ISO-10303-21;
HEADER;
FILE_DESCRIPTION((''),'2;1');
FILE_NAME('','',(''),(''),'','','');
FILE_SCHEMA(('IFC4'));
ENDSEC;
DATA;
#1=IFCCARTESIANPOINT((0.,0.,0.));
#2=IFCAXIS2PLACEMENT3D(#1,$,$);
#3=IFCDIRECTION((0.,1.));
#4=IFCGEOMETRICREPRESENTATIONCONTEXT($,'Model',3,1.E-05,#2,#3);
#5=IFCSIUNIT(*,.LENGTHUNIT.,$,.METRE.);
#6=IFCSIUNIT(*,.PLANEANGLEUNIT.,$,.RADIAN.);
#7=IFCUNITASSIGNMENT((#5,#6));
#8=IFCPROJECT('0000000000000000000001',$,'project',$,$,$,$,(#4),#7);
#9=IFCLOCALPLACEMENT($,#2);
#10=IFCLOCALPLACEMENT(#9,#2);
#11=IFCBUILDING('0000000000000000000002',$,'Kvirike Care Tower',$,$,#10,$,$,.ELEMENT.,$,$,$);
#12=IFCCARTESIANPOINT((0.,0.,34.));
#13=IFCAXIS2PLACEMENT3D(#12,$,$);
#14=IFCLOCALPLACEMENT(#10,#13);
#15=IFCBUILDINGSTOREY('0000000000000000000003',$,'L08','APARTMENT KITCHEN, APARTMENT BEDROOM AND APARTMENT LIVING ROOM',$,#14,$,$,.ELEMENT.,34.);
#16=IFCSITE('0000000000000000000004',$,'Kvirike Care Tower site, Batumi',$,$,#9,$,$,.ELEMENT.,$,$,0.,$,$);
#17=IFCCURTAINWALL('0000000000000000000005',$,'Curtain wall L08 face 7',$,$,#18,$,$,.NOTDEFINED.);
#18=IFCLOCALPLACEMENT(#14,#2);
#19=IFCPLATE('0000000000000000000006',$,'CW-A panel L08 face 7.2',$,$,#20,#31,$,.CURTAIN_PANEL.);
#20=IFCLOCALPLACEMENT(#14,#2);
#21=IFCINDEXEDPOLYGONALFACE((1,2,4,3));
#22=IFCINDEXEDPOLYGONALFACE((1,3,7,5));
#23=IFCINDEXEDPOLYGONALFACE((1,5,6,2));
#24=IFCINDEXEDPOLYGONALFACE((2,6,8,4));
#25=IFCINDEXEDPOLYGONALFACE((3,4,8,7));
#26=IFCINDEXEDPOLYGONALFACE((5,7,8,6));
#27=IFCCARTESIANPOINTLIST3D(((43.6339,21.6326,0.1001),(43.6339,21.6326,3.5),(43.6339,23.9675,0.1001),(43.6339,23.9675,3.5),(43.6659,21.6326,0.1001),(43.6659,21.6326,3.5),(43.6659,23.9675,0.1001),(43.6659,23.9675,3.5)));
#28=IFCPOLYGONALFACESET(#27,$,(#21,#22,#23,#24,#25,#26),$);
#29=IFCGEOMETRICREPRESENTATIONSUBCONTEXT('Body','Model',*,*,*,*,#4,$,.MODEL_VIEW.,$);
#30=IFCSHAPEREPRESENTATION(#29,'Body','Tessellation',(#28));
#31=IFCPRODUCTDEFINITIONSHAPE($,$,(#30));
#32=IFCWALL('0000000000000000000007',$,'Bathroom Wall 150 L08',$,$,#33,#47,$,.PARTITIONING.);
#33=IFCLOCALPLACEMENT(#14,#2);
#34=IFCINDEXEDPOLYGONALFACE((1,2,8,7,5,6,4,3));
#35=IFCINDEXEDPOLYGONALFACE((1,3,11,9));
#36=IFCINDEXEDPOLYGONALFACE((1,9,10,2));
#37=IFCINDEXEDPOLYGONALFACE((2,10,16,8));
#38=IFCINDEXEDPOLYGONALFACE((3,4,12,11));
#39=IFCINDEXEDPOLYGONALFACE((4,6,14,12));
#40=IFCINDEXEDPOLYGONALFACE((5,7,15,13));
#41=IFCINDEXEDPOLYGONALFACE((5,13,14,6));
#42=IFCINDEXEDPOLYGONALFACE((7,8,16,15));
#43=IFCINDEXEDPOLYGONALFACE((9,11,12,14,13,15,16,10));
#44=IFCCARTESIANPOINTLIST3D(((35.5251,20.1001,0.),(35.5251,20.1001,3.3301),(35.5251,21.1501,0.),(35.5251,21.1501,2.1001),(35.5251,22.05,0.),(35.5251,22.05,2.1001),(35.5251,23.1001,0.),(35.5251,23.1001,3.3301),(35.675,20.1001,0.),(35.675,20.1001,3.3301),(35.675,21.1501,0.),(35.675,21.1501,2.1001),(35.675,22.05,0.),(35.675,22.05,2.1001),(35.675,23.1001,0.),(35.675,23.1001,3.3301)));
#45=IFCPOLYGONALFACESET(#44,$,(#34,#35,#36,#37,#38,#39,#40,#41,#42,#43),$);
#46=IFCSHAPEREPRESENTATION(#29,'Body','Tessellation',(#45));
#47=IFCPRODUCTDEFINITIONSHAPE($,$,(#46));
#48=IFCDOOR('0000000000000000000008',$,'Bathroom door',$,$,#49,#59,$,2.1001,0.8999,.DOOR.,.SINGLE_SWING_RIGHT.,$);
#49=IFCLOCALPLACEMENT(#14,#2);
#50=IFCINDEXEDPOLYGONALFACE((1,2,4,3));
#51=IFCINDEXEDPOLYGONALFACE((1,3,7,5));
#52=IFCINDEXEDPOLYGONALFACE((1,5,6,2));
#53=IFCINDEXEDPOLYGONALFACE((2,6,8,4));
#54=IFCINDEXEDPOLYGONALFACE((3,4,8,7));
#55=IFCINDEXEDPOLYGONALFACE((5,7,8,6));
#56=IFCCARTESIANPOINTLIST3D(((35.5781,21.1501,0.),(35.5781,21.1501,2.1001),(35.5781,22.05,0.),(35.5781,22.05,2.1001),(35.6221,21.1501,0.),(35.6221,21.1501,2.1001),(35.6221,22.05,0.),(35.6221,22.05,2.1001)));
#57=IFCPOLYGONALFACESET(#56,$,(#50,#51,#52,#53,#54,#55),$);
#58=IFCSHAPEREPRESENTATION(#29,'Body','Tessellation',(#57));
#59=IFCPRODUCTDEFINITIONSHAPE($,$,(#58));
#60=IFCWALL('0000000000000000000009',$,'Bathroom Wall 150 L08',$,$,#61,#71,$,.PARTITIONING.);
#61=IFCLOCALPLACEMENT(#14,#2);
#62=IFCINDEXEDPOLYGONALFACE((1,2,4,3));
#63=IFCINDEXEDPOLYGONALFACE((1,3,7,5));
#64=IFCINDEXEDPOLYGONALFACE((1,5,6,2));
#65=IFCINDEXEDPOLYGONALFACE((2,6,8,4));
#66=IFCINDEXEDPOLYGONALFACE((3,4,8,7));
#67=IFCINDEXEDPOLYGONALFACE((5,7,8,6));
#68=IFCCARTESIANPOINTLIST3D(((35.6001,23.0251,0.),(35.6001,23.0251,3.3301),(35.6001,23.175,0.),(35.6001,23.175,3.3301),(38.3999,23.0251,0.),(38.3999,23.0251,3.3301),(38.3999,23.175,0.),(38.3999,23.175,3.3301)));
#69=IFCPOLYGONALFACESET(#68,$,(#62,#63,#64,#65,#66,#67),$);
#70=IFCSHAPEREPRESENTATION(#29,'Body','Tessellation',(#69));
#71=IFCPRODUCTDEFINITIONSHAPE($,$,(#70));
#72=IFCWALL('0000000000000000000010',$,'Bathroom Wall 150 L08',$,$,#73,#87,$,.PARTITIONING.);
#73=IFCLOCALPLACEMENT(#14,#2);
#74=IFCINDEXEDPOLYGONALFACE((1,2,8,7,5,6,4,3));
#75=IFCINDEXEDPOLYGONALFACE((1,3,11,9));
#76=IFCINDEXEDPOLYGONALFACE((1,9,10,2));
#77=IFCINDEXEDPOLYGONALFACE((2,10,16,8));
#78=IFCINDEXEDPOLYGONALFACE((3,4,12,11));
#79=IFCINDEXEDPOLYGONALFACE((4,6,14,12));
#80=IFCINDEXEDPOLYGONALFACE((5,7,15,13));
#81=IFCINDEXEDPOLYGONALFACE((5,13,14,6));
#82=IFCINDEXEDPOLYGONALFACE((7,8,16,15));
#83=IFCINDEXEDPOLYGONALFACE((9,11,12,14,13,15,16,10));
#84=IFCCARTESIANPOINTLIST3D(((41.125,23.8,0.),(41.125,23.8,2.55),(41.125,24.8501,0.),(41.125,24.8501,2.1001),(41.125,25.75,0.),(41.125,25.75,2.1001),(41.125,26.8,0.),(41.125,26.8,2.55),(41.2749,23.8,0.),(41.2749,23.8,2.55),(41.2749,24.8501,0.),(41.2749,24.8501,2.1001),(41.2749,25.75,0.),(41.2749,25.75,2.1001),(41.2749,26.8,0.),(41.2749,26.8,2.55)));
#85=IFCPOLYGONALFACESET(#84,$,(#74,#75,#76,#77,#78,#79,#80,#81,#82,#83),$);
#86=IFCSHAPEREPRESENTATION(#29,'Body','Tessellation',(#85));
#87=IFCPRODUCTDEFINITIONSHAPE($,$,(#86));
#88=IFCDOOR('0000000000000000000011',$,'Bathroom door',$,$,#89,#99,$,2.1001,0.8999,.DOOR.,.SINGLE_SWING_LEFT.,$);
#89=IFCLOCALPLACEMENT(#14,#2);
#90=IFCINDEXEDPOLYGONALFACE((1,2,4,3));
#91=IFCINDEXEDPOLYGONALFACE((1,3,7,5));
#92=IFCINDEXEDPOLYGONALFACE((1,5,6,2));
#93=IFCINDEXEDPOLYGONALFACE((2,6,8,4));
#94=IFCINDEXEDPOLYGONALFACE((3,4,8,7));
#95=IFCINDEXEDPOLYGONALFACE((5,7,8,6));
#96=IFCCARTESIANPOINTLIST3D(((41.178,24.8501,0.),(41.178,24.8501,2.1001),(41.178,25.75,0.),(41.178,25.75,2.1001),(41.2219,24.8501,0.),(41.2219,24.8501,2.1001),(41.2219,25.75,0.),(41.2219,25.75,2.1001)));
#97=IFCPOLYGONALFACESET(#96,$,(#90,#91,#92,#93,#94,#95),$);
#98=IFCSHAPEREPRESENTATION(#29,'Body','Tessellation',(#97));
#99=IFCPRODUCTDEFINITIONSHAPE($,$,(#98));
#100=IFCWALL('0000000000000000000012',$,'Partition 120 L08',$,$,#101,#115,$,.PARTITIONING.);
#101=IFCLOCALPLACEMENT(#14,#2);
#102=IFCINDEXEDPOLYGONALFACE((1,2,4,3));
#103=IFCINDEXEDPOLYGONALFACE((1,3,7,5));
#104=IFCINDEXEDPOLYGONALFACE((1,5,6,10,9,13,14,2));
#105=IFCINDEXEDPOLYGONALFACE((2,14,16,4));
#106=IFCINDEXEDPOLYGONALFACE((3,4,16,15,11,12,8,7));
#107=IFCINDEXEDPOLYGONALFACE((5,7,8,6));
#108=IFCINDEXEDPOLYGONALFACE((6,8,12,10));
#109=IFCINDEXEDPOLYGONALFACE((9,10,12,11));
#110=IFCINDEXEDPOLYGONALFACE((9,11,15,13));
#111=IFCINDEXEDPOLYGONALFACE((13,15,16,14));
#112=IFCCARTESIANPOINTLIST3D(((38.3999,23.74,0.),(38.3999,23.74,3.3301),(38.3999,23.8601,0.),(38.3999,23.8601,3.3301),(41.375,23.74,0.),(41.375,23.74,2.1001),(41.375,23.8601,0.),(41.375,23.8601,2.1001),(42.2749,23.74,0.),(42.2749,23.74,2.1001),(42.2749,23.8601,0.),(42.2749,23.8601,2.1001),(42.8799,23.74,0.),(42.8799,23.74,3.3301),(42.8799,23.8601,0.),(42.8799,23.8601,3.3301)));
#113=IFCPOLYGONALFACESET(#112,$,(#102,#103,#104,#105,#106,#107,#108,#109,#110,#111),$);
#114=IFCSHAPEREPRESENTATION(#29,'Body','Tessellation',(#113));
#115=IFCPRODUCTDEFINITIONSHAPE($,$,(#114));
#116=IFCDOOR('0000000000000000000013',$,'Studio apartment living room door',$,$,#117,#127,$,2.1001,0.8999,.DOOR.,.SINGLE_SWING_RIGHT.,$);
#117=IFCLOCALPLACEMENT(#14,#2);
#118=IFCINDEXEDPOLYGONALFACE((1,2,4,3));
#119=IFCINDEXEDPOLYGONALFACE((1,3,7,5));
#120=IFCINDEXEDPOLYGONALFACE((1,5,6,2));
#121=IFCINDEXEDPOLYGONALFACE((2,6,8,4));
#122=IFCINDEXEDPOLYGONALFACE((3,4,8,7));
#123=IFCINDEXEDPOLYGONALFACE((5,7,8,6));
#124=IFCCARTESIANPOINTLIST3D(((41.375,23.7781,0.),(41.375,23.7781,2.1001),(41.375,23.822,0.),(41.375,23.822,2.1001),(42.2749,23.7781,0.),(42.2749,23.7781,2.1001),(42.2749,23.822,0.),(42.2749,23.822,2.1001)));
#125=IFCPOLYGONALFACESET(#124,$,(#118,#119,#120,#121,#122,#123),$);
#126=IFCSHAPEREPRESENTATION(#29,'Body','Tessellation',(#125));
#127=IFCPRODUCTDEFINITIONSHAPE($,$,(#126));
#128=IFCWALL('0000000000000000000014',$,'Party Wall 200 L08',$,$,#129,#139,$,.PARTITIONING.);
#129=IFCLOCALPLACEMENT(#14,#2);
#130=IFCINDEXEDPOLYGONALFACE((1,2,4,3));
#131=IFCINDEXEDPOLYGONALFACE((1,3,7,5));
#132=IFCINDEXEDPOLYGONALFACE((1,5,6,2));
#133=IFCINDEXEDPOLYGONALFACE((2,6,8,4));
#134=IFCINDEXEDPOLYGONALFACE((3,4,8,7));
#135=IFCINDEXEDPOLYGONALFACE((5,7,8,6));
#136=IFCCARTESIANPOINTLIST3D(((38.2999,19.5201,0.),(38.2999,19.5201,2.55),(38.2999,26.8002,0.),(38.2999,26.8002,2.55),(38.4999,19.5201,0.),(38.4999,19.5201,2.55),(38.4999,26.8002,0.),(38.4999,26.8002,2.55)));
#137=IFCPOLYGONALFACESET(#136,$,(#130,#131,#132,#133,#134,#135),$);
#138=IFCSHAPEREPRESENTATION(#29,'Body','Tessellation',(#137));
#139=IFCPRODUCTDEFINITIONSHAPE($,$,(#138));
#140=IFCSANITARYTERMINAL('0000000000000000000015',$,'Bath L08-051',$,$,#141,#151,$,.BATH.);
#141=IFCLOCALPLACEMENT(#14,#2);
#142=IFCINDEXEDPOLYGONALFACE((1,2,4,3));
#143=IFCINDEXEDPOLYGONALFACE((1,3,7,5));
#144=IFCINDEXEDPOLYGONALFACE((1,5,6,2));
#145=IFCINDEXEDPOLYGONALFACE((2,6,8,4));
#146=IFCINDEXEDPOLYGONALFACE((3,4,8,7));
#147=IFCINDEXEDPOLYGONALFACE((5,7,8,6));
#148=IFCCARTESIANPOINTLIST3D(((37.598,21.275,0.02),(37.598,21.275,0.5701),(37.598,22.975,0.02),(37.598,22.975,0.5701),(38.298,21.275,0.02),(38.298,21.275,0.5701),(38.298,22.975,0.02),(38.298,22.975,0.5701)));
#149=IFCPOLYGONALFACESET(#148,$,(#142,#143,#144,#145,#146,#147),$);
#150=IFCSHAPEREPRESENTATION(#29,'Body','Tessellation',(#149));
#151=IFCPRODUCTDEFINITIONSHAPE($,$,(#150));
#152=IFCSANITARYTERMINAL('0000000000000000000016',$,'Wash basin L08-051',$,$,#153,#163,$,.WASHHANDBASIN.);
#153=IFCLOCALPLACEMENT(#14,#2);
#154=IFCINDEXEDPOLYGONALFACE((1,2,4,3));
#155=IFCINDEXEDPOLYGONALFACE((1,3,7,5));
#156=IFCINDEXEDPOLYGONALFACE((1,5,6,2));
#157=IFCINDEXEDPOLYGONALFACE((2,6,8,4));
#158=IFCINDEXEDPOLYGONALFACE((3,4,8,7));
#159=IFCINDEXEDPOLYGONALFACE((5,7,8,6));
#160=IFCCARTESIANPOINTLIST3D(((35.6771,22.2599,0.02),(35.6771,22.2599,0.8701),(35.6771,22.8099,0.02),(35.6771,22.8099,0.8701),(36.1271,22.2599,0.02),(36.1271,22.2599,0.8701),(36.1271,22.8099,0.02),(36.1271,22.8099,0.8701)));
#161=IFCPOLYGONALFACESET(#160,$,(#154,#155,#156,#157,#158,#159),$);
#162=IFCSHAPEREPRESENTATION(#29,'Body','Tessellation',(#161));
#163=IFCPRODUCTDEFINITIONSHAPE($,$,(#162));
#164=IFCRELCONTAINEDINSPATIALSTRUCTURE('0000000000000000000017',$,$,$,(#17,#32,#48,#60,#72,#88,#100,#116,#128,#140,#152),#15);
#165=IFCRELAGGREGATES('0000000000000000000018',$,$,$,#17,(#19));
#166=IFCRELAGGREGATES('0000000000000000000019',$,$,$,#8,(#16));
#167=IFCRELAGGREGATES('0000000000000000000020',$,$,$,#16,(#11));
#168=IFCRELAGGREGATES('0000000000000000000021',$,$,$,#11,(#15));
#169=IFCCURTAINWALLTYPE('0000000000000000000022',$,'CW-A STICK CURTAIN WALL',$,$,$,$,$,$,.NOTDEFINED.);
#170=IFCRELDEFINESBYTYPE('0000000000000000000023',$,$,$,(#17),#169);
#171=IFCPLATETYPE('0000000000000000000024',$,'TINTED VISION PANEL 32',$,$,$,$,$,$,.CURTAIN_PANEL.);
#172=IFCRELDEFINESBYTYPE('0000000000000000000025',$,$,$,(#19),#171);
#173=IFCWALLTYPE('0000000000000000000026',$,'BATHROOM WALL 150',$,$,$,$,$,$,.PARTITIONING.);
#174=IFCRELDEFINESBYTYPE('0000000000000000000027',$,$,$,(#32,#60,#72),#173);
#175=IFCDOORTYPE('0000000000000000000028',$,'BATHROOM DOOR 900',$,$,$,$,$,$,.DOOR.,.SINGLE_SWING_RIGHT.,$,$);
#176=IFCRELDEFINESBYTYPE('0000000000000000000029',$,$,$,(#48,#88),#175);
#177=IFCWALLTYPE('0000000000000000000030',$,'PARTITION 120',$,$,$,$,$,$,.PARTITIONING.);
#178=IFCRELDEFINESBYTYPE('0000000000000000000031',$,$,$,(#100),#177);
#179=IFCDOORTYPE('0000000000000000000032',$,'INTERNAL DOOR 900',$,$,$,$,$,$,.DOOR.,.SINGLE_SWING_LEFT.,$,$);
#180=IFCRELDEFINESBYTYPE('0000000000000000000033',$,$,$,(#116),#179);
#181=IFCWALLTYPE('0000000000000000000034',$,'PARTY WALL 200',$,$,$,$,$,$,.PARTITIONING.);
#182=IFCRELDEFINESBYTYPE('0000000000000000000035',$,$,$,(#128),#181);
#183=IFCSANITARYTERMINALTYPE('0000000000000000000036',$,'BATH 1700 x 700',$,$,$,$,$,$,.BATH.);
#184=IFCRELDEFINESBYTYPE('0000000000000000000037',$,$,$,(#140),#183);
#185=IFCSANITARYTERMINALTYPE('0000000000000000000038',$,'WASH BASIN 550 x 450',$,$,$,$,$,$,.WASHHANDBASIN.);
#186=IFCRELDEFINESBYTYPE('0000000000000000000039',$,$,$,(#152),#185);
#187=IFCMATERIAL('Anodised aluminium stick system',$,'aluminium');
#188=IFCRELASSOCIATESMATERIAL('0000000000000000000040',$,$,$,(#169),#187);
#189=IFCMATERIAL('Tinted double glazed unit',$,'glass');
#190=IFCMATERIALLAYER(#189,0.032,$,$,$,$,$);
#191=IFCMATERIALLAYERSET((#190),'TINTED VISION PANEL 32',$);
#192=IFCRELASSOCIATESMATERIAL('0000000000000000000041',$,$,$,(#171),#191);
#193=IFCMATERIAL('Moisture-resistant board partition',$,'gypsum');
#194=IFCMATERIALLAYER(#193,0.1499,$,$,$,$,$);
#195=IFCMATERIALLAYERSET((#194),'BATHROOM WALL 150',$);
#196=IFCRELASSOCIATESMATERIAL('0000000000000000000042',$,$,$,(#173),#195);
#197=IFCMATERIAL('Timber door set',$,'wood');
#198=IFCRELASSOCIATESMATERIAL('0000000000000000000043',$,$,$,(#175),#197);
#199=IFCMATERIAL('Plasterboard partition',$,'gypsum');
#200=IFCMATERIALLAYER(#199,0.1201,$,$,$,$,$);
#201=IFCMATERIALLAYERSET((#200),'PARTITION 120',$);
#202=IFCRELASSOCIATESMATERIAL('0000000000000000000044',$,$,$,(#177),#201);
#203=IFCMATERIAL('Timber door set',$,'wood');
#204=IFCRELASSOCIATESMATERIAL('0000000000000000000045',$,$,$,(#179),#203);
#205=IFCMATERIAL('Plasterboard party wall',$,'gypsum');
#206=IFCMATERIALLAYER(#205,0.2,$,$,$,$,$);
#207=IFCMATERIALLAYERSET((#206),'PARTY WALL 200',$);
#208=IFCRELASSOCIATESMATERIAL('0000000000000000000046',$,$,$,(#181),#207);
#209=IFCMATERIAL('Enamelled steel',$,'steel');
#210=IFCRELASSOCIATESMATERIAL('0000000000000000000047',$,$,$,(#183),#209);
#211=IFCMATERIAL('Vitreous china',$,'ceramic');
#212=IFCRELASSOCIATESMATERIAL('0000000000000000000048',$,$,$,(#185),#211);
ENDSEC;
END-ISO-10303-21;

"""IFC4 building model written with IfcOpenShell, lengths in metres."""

from ifc_helpers import new_model, si_unit, direction, frame, frame_2d, origin, origin_2d, place, context, subcontext, project, spatial, rectangle, extrude, material, layer, layer_set, type_object, element, fill, aggregate, save


model = new_model("IFC4")

# Units and contexts
model_context = context("Model", 3, precision=1e-05, world=origin(), true_north=direction((0.0, 1.0)))
body_context = subcontext(model_context, "Body", "Model", "MODEL_VIEW")
ifc_project = project(units=[si_unit("LENGTHUNIT", "METRE"), si_unit("PLANEANGLEUNIT", "RADIAN")], contexts=[model_context])

# Site, building, storey
site_placement = place(None, origin())
site = spatial("IfcSite", under=ifc_project, at=site_placement, Name="Kvirike Care Tower site, Batumi", CompositionType="ELEMENT", RefElevation=0.0)
building_placement = place(site_placement, origin())
building = spatial("IfcBuilding", under=site, at=building_placement, Name="Kvirike Care Tower", CompositionType="ELEMENT")
storey_placement = place(building_placement, frame((0.0, 0.0, 34.0)))
storey = spatial("IfcBuildingStorey", under=building, at=storey_placement, Name="L08", Description="APARTMENT KITCHEN, APARTMENT BEDROOM AND APARTMENT LIVING ROOM", CompositionType="ELEMENT", Elevation=34.0)

# Shared definitions
ifc_material_1 = material(Name="Anodised aluminium stick system", Category="aluminium")
curtain_wall_type = type_object("IfcCurtainWallType", Name="CW-A STICK CURTAIN WALL", PredefinedType="NOTDEFINED", material=ifc_material_1)

# Curtain wall
curtain_wall_1_placement = place(storey_placement, origin())
curtain_wall_1 = element("IfcCurtainWall", 1, at=curtain_wall_1_placement, inside=storey, type_object=curtain_wall_type, Name="Curtain wall L08 face 7", PredefinedType="NOTDEFINED")

# Plate
ifc_material_2 = material(Name="Tinted double glazed unit", Category="glass")
ifc_layer_1 = layer(ifc_material_2, 0.032)
ifc_layer_set_1 = layer_set([ifc_layer_1], Name="TINTED VISION PANEL 32")
plate_type = type_object("IfcPlateType", Name="TINTED VISION PANEL 32", PredefinedType="CURTAIN_PANEL", material=ifc_layer_set_1)
plate_1_placement = place(storey_placement, frame((43.6499, 22.8, 0.1001), z_axis=(0.0, 0.0, 1.0), x_axis=(0.0, 1.0, 0.0)))
plate_1 = element("IfcPlate", 2, at=plate_1_placement, type_object=plate_type, Name="CW-A panel L08 face 7.2", PredefinedType="CURTAIN_PANEL", context=body_context, shape_type="SweptSolid", body=[
    extrude(rectangle(XDim=2.335, YDim=0.032, at=origin_2d()), origin(), (0.0, 0.0, 1.0), 3.3999),
])
aggregate(curtain_wall_1, [plate_1])

# Wall, opening, door
ifc_material_3 = material(Name="Moisture-resistant board partition", Category="gypsum")
ifc_layer_2 = layer(ifc_material_3, 0.1499)
ifc_layer_set_2 = layer_set([ifc_layer_2], Name="BATHROOM WALL 150")
wall_type_1 = type_object("IfcWallType", Name="BATHROOM WALL 150", PredefinedType="PARTITIONING", material=ifc_layer_set_2)
wall_1_placement = place(storey_placement, frame((35.6001, 20.1001, 0.0), z_axis=(0.0, 0.0, 1.0), x_axis=(0.0, 1.0, 0.0)))
wall_1 = element("IfcWall", 3, at=wall_1_placement, inside=storey, type_object=wall_type_1, Name="Bathroom Wall 150 L08", PredefinedType="PARTITIONING", context=body_context, shape_type="SweptSolid", body=[
    extrude(rectangle(XDim=3.0, YDim=0.1499, at=frame_2d((1.5, 0.0))), origin(), (0.0, 0.0, 1.0), 3.3301),
])
opening_1_placement = place(wall_1_placement, frame((1.05, 0.0, 0.0)))
opening_1 = element("IfcOpeningElement", 4, at=opening_1_placement, cuts=wall_1, PredefinedType="OPENING", context=body_context, shape_type="SweptSolid", body=[
    extrude(rectangle(XDim=0.8999, YDim=2.1001, at=frame_2d((0.45, 1.05))), frame((0.0, 0.0854, 0.0), z_axis=(0.0, -1.0, 0.0), x_axis=(1.0, 0.0, 0.0)), (0.0, 0.0, 1.0), 0.1709),
])
ifc_material_4 = material(Name="Timber door set", Category="wood")
door_type_1 = type_object("IfcDoorType", Name="BATHROOM DOOR 900", OperationType="SINGLE_SWING_RIGHT", PredefinedType="DOOR", material=ifc_material_4)
door_1_placement = place(opening_1_placement, frame((0.8999, 0.0, 0.0), z_axis=(0.0, 0.0, 1.0), x_axis=(-1.0, 0.0, 0.0)))
door_1 = element("IfcDoor", 5, at=door_1_placement, inside=storey, type_object=door_type_1, Name="Bathroom door", OperationType="SINGLE_SWING_RIGHT", OverallHeight=2.1001, OverallWidth=0.8999, PredefinedType="DOOR", context=body_context, shape_type="SweptSolid", body=[
    extrude(rectangle(XDim=0.8999, YDim=2.1001, at=frame_2d((0.45, 1.05))), frame((0.0, 0.022, 0.0), z_axis=(0.0, -1.0, 0.0), x_axis=(1.0, 0.0, 0.0)), (0.0, 0.0, 1.0), 0.0439),
])
fill(opening_1, door_1)

# Wall
wall_2_placement = place(storey_placement, frame((35.6001, 23.1001, 0.0), z_axis=(0.0, 0.0, 1.0), x_axis=(1.0, 0.0, 0.0)))
element("IfcWall", 6, at=wall_2_placement, inside=storey, type_object=wall_type_1, Name="Bathroom Wall 150 L08", PredefinedType="PARTITIONING", context=body_context, shape_type="SweptSolid", body=[
    extrude(rectangle(XDim=2.7998, YDim=0.1499, at=frame_2d((1.3999, 0.0))), origin(), (0.0, 0.0, 1.0), 3.3301),
])

# Walls, openings, doors
wall_3_placement = place(storey_placement, frame((41.2, 23.8, 0.0), z_axis=(0.0, 0.0, 1.0), x_axis=(0.0, 1.0, 0.0)))
wall_3 = element("IfcWall", 7, at=wall_3_placement, inside=storey, type_object=wall_type_1, Name="Bathroom Wall 150 L08", PredefinedType="PARTITIONING", context=body_context, shape_type="SweptSolid", body=[
    extrude(rectangle(XDim=3.0, YDim=0.1499, at=frame_2d((1.5, 0.0))), origin(), (0.0, 0.0, 1.0), 2.55),
])
opening_2_placement = place(wall_3_placement, frame((1.05, 0.0, 0.0)))
opening_2 = element("IfcOpeningElement", 8, at=opening_2_placement, cuts=wall_3, PredefinedType="OPENING", context=body_context, shape_type="SweptSolid", body=[
    extrude(rectangle(XDim=0.8999, YDim=2.1001, at=frame_2d((0.45, 1.05))), frame((0.0, 0.0854, 0.0), z_axis=(0.0, -1.0, 0.0), x_axis=(1.0, 0.0, 0.0)), (0.0, 0.0, 1.0), 0.1709),
])
door_2_placement = place(opening_2_placement, origin())
door_2 = element("IfcDoor", 9, at=door_2_placement, inside=storey, type_object=door_type_1, Name="Bathroom door", OperationType="SINGLE_SWING_LEFT", OverallHeight=2.1001, OverallWidth=0.8999, PredefinedType="DOOR", context=body_context, shape_type="SweptSolid", body=[
    extrude(rectangle(XDim=0.8999, YDim=2.1001, at=frame_2d((0.45, 1.05))), frame((0.0, 0.022, 0.0), z_axis=(0.0, -1.0, 0.0), x_axis=(1.0, 0.0, 0.0)), (0.0, 0.0, 1.0), 0.0439),
])
fill(opening_2, door_2)
ifc_material_5 = material(Name="Plasterboard partition", Category="gypsum")
ifc_layer_3 = layer(ifc_material_5, 0.1201)
ifc_layer_set_3 = layer_set([ifc_layer_3], Name="PARTITION 120")
wall_type_2 = type_object("IfcWallType", Name="PARTITION 120", PredefinedType="PARTITIONING", material=ifc_layer_set_3)
wall_4_placement = place(storey_placement, frame((38.3999, 23.8, 0.0), z_axis=(0.0, 0.0, 1.0), x_axis=(1.0, 0.0, 0.0)))
wall_4 = element("IfcWall", 10, at=wall_4_placement, inside=storey, type_object=wall_type_2, Name="Partition 120 L08", PredefinedType="PARTITIONING", context=body_context, shape_type="SweptSolid", body=[
    extrude(rectangle(XDim=4.48, YDim=0.1201, at=frame_2d((2.24, 0.0))), origin(), (0.0, 0.0, 1.0), 3.3301),
])
opening_3_placement = place(wall_4_placement, frame((2.9751, 0.0, 0.0)))
opening_3 = element("IfcOpeningElement", 11, at=opening_3_placement, cuts=wall_4, PredefinedType="OPENING", context=body_context, shape_type="SweptSolid", body=[
    extrude(rectangle(XDim=0.8999, YDim=2.1001, at=frame_2d((0.45, 1.05))), frame((0.0, 0.0706, 0.0), z_axis=(0.0, -1.0, 0.0), x_axis=(1.0, 0.0, 0.0)), (0.0, 0.0, 1.0), 0.1411),
])
ifc_material_6 = material(Name="Timber door set", Category="wood")
door_type_2 = type_object("IfcDoorType", Name="INTERNAL DOOR 900", OperationType="SINGLE_SWING_LEFT", PredefinedType="DOOR", material=ifc_material_6)
door_3_placement = place(opening_3_placement, origin())
door_3 = element("IfcDoor", 12, at=door_3_placement, inside=storey, type_object=door_type_2, Name="Studio apartment living room door", OperationType="SINGLE_SWING_RIGHT", OverallHeight=2.1001, OverallWidth=0.8999, PredefinedType="DOOR", context=body_context, shape_type="SweptSolid", body=[
    extrude(rectangle(XDim=0.8999, YDim=2.1001, at=frame_2d((0.45, 1.05))), frame((0.0, 0.022, 0.0), z_axis=(0.0, -1.0, 0.0), x_axis=(1.0, 0.0, 0.0)), (0.0, 0.0, 1.0), 0.0439),
])
fill(opening_3, door_3)

# Wall
ifc_material_7 = material(Name="Plasterboard party wall", Category="gypsum")
ifc_layer_4 = layer(ifc_material_7, 0.2)
ifc_layer_set_4 = layer_set([ifc_layer_4], Name="PARTY WALL 200")
wall_type_3 = type_object("IfcWallType", Name="PARTY WALL 200", PredefinedType="PARTITIONING", material=ifc_layer_set_4)
wall_5_placement = place(storey_placement, frame((38.3999, 19.52, 0.0), z_axis=(0.0, 0.0, 1.0), x_axis=(0.0, 1.0, 0.0)))
element("IfcWall", 13, at=wall_5_placement, inside=storey, type_object=wall_type_3, Name="Party Wall 200 L08", PredefinedType="PARTITIONING", context=body_context, shape_type="SweptSolid", body=[
    extrude(rectangle(XDim=7.28, YDim=0.2, at=frame_2d((3.6401, 0.0))), origin(), (0.0, 0.0, 1.0), 2.55),
])

# Sanitary terminals
ifc_material_8 = material(Name="Enamelled steel", Category="steel")
sanitary_terminal_type_1 = type_object("IfcSanitaryTerminalType", Name="BATH 1700 x 700", PredefinedType="BATH", material=ifc_material_8)
sanitary_terminal_1_placement = place(storey_placement, frame((37.948, 22.125, 0.02), z_axis=(0.0, 0.0, 1.0), x_axis=(0.0, -1.0, 0.0)))
element("IfcSanitaryTerminal", 14, at=sanitary_terminal_1_placement, inside=storey, type_object=sanitary_terminal_type_1, Name="Bath L08-051", PredefinedType="BATH", context=body_context, shape_type="SweptSolid", body=[
    extrude(rectangle(XDim=1.7, YDim=0.7, at=origin_2d()), origin(), (0.0, 0.0, 1.0), 0.55),
])
ifc_material_9 = material(Name="Vitreous china", Category="ceramic")
sanitary_terminal_type_2 = type_object("IfcSanitaryTerminalType", Name="WASH BASIN 550 x 450", PredefinedType="WASHHANDBASIN", material=ifc_material_9)
sanitary_terminal_2_placement = place(storey_placement, frame((35.9021, 22.5349, 0.02), z_axis=(0.0, 0.0, 1.0), x_axis=(0.0, 1.0, 0.0)))
element("IfcSanitaryTerminal", 15, at=sanitary_terminal_2_placement, inside=storey, type_object=sanitary_terminal_type_2, Name="Wash basin L08-051", PredefinedType="WASHHANDBASIN", context=body_context, shape_type="SweptSolid", body=[
    extrude(rectangle(XDim=0.55, YDim=0.45, at=origin_2d()), origin(), (0.0, 0.0, 1.0), 0.8501),
])

save(model, "model.ifc")
